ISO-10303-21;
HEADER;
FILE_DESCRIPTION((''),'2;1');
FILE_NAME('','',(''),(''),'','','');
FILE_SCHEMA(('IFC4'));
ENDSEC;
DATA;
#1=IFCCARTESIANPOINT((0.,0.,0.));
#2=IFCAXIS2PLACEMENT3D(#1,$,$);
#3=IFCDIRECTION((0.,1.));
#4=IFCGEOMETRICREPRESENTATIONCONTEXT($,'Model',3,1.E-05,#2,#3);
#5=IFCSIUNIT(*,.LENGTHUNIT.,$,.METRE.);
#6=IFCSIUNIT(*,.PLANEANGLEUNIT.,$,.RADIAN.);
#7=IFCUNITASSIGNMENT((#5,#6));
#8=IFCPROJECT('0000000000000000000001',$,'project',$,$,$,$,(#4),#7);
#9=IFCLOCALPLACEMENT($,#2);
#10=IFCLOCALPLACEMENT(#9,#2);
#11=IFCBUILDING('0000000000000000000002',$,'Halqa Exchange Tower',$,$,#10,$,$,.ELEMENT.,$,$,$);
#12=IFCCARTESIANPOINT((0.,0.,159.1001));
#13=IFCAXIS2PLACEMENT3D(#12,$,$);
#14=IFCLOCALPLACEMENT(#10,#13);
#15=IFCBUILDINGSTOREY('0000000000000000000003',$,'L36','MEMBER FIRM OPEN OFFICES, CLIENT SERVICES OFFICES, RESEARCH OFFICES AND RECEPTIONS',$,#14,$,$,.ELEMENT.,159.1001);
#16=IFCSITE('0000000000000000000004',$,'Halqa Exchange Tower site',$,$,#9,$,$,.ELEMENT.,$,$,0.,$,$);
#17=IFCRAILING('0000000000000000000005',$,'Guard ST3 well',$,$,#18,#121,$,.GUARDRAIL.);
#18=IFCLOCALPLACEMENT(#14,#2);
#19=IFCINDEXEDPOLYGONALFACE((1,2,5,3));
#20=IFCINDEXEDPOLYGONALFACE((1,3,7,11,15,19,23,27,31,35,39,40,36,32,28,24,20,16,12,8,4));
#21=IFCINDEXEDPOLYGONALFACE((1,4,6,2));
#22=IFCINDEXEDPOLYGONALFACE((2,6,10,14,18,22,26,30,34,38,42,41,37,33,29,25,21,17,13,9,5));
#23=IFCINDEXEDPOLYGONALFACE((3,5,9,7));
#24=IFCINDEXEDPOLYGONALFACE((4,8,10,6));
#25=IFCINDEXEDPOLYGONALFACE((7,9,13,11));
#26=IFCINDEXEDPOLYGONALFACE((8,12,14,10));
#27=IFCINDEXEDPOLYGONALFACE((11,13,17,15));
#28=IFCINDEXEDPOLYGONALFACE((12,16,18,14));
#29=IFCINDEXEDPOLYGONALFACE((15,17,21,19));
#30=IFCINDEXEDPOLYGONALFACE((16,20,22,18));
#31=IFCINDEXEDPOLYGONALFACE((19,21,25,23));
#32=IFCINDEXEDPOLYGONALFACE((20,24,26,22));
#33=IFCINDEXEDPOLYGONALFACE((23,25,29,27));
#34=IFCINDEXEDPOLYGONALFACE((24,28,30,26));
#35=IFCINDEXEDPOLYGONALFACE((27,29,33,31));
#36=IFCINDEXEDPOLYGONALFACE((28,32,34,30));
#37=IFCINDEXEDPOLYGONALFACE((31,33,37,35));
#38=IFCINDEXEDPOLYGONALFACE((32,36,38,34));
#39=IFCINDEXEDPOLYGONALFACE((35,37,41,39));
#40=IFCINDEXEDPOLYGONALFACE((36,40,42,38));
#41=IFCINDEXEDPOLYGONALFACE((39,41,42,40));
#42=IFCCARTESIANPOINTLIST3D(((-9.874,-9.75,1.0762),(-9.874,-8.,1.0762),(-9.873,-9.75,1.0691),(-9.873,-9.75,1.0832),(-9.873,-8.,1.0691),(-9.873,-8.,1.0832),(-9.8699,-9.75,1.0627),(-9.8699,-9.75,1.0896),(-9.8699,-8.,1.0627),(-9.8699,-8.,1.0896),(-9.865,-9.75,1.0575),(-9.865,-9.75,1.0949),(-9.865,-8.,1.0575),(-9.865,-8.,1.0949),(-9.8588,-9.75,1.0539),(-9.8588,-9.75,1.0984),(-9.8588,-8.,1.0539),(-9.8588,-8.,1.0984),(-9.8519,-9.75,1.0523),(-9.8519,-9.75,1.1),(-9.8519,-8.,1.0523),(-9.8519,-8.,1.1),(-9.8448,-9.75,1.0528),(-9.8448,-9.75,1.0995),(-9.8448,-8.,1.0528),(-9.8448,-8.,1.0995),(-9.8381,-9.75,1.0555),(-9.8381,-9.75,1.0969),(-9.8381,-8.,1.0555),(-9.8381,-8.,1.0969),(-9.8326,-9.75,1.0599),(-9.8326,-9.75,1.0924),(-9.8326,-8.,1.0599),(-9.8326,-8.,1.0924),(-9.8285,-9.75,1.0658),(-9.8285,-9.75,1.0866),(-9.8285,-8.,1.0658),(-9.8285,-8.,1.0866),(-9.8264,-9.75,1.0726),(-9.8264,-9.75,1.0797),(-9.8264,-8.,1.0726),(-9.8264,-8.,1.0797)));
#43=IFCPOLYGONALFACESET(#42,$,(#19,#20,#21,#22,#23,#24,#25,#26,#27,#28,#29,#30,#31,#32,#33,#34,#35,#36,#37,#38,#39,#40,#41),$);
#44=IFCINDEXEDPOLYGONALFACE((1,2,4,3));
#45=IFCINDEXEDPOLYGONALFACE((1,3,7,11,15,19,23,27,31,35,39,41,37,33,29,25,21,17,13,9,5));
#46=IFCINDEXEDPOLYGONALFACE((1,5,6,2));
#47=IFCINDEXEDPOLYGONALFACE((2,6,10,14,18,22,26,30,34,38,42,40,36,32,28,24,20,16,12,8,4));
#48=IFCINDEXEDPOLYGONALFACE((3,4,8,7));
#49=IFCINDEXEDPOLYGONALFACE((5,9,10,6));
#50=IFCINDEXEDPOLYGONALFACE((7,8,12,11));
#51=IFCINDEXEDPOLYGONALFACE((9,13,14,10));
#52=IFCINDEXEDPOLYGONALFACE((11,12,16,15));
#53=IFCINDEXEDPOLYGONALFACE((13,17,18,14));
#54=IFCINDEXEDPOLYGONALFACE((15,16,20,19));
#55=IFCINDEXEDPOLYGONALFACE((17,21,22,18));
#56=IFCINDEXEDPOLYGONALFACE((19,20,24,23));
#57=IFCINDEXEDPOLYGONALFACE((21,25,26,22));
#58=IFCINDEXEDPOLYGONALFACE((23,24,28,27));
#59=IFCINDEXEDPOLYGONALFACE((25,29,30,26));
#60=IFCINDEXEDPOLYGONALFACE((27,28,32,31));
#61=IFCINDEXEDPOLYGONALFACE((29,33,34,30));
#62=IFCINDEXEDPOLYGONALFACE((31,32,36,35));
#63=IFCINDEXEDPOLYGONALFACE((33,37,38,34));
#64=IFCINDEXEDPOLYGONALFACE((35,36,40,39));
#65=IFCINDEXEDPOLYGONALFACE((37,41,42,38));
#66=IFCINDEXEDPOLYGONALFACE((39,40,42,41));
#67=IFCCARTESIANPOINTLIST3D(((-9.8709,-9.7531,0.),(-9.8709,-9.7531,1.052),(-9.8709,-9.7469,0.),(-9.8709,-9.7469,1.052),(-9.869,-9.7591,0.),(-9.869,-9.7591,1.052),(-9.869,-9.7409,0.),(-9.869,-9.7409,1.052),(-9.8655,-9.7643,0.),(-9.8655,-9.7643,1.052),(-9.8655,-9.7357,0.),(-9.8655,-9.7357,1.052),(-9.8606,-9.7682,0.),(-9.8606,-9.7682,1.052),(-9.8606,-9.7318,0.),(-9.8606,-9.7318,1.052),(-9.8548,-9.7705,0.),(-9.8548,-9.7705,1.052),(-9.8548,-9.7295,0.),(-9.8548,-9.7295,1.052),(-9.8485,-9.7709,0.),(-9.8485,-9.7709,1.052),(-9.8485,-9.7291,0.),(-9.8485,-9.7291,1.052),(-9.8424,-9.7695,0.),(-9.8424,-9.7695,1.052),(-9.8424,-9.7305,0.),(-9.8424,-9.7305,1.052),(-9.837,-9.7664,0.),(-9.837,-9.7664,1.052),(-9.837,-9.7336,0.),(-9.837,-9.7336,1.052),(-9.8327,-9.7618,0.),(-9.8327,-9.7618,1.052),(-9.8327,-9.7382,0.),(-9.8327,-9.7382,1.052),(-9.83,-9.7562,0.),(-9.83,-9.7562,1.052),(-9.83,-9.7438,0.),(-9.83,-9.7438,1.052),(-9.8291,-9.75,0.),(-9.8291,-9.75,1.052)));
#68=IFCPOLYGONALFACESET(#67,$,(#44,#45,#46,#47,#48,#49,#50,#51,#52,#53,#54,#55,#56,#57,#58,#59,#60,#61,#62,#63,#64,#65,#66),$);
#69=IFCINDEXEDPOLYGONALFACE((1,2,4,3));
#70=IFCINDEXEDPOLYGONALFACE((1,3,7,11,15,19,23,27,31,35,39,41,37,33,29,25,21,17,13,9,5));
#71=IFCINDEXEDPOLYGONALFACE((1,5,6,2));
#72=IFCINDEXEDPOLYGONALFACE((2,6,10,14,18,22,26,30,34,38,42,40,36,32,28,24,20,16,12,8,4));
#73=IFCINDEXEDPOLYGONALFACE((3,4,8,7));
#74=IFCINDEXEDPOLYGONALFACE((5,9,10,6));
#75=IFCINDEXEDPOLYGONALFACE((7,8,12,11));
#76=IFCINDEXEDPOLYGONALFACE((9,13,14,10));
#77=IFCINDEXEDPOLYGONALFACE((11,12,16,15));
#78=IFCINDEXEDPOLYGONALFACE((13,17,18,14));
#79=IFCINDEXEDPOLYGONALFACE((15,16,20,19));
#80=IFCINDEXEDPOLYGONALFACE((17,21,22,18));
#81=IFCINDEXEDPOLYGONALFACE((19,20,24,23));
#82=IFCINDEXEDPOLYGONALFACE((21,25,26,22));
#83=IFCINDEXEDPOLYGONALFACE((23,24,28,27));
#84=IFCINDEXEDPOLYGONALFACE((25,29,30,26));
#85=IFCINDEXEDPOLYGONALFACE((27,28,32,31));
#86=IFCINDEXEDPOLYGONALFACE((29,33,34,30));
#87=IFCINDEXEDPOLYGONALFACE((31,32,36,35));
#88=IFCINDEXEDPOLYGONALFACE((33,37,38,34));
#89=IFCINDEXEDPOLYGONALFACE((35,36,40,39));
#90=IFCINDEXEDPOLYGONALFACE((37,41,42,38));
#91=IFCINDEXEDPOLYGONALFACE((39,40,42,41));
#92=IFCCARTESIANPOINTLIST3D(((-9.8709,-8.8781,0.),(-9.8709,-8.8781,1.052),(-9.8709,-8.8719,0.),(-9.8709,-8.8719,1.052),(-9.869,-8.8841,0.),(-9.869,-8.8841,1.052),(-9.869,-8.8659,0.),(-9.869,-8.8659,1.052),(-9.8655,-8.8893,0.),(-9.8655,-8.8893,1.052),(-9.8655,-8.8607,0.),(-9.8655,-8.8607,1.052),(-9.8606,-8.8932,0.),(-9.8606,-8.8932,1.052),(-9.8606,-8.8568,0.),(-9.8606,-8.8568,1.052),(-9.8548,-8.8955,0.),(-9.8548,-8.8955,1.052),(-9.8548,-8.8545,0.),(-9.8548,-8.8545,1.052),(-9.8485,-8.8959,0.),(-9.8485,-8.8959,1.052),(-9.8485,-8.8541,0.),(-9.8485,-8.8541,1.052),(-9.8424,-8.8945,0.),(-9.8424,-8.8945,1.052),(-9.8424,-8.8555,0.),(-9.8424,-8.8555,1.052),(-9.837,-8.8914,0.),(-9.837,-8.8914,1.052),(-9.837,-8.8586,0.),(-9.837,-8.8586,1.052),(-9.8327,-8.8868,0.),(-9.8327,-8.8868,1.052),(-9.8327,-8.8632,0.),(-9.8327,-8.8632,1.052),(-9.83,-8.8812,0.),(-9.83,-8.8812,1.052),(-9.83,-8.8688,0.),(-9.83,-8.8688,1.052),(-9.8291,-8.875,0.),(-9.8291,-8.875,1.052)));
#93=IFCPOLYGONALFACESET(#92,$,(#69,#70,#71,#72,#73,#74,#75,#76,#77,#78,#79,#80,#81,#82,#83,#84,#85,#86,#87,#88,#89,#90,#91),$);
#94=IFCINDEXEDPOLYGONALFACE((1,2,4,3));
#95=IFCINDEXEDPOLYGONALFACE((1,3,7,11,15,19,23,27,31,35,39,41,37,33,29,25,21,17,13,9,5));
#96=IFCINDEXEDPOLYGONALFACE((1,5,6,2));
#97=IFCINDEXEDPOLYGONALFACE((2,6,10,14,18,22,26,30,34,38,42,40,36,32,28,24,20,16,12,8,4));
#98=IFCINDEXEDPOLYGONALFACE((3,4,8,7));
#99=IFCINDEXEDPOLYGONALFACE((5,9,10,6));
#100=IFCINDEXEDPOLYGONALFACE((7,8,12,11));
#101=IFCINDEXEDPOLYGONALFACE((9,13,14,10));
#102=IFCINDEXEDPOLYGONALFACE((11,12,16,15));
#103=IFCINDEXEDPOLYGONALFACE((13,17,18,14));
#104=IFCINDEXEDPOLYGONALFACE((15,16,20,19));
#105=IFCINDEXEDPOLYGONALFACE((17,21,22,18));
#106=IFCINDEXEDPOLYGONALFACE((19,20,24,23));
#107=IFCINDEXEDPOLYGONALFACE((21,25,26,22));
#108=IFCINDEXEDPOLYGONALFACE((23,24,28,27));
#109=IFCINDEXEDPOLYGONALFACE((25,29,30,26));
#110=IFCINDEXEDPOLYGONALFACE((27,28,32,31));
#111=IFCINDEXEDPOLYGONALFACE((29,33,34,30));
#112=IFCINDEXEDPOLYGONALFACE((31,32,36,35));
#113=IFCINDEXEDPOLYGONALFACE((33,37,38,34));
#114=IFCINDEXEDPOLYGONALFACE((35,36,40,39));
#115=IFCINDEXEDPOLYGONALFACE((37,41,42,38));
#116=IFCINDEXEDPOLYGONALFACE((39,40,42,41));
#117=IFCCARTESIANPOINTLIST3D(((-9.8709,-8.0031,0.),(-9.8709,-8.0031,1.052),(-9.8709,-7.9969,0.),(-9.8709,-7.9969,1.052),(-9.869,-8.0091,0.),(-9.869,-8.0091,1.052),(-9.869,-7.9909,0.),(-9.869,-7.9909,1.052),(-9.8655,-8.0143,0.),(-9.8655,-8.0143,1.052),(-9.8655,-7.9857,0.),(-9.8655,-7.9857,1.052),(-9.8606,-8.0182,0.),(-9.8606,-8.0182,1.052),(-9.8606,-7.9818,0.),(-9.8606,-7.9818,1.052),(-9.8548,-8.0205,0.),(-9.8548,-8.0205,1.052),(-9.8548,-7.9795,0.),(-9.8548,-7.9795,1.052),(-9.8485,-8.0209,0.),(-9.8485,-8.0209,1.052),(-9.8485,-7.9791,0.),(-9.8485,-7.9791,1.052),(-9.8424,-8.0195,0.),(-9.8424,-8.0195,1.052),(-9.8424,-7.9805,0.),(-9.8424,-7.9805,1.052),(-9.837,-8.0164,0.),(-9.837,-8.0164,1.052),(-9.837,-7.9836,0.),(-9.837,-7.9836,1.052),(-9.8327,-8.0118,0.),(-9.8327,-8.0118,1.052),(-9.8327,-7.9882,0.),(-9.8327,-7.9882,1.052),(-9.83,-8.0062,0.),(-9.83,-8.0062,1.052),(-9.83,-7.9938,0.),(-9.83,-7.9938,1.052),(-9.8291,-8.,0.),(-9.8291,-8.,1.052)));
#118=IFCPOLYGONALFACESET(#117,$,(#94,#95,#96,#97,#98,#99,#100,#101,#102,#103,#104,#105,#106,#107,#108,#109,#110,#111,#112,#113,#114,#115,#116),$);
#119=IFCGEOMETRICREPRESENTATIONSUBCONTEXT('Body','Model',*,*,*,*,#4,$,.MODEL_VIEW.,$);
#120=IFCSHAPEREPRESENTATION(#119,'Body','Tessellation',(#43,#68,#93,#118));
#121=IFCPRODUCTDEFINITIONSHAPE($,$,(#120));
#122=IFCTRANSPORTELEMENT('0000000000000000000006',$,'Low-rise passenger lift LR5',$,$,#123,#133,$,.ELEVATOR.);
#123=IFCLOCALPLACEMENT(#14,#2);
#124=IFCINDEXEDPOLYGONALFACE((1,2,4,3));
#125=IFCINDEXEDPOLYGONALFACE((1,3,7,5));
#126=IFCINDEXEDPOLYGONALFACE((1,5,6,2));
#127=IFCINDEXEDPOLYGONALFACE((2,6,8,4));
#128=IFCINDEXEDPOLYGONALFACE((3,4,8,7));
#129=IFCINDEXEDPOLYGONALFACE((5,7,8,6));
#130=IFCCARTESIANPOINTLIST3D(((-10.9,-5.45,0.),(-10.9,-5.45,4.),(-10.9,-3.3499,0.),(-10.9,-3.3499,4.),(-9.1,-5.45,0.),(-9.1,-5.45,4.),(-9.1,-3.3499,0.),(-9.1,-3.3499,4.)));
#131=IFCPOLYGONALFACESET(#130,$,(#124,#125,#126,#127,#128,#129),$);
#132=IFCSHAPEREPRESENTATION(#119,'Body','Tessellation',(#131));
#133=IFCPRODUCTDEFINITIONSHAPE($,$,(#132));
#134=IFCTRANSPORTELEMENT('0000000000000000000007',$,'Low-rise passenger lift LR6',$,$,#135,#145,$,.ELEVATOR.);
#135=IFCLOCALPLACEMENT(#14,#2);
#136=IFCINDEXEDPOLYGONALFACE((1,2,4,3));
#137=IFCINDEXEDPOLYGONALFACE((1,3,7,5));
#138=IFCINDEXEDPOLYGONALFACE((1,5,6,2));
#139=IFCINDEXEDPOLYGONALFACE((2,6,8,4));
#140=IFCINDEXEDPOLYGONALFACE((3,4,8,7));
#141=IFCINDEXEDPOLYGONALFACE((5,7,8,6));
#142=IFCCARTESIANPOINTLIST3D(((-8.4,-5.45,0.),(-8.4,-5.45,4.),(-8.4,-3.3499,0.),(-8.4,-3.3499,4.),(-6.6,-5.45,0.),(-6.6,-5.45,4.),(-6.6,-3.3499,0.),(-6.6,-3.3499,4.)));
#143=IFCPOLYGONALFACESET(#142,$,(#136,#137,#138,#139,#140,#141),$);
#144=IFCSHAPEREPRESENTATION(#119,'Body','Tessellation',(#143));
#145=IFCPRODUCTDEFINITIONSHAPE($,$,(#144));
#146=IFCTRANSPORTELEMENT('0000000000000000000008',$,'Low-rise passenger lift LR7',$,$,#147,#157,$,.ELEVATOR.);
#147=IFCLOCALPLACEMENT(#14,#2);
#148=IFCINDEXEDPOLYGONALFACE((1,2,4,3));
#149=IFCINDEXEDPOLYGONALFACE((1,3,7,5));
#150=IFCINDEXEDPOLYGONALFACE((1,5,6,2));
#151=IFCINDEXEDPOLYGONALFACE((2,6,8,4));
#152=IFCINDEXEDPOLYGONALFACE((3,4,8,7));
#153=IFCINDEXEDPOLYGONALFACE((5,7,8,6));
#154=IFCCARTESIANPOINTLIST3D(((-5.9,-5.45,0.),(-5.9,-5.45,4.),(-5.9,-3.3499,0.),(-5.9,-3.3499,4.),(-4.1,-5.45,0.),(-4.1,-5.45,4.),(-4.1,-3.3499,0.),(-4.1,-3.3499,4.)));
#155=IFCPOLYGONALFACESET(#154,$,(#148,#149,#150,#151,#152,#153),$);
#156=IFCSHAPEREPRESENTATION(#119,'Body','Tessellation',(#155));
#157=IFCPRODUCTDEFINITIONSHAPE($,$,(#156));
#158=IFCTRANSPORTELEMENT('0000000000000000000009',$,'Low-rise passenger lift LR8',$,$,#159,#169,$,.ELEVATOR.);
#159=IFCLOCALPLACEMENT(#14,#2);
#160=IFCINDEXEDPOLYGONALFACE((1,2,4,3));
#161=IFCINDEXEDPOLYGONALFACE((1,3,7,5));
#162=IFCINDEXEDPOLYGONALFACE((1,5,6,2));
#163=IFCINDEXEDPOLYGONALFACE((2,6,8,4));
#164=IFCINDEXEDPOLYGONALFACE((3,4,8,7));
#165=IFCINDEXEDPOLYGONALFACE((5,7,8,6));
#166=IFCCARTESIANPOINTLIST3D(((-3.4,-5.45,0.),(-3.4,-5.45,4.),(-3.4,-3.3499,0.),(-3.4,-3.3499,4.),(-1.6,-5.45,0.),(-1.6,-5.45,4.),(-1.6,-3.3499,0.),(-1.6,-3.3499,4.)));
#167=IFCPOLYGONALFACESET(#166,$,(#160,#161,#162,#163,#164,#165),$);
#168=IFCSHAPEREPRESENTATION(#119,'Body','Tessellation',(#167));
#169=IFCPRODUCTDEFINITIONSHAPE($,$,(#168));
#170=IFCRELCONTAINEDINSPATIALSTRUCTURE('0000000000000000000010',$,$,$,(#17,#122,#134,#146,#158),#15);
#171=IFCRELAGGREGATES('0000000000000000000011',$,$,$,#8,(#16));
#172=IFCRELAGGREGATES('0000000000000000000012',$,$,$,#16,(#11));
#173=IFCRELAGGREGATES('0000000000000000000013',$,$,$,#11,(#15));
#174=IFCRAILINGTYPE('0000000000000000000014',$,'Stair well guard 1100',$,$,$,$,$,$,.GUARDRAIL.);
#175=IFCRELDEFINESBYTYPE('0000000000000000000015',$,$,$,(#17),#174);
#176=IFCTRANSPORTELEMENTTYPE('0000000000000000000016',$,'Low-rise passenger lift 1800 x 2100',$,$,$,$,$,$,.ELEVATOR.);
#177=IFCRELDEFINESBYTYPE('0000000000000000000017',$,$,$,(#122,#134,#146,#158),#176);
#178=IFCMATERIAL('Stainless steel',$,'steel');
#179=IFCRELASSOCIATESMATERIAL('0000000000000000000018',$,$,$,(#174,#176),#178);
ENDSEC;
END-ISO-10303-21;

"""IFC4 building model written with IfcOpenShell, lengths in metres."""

from ifc_helpers import new_model, si_unit, direction, frame, origin, origin_2d, place, context, subcontext, project, spatial, rectangle, circle, extrude, material, type_object, element, save


model = new_model("IFC4")

# Units and contexts
model_context = context("Model", 3, precision=1e-05, world=origin(), true_north=direction((0.0, 1.0)))
body_context = subcontext(model_context, "Body", "Model", "MODEL_VIEW")
ifc_project = project(units=[si_unit("LENGTHUNIT", "METRE"), si_unit("PLANEANGLEUNIT", "RADIAN")], contexts=[model_context])

# Site, building, storey
site_placement = place(None, origin())
site = spatial("IfcSite", under=ifc_project, at=site_placement, Name="Halqa Exchange Tower site", CompositionType="ELEMENT", RefElevation=0.0)
building_placement = place(site_placement, origin())
building = spatial("IfcBuilding", under=site, at=building_placement, Name="Halqa Exchange Tower", CompositionType="ELEMENT")
storey_placement = place(building_placement, frame((0.0, 0.0, 159.1001)))
storey = spatial("IfcBuildingStorey", under=building, at=storey_placement, Name="L36", Description="MEMBER FIRM OPEN OFFICES, CLIENT SERVICES OFFICES, RESEARCH OFFICES AND RECEPTIONS", CompositionType="ELEMENT", Elevation=159.1001)

# Shared definitions
ifc_material_1 = material(Name="Stainless steel", Category="steel")

# Railing
railing_type_1 = type_object("IfcRailingType", Name="Stair well guard 1100", PredefinedType="GUARDRAIL", material=ifc_material_1)
railing_1_placement = place(storey_placement, frame((-9.8501, -9.75, 0.0)))
element("IfcRailing", 1, at=railing_1_placement, inside=storey, type_object=railing_type_1, Name="Guard ST3 well", PredefinedType="GUARDRAIL", context=body_context, shape_type="SweptSolid", body=[
    extrude(circle(Radius=0.0239, at=origin_2d()), frame((0.0, 0.0, 1.0762), z_axis=(0.0, 1.0, 0.0), x_axis=(-1.0, 0.0, 0.0)), (0.0, 0.0, 1.0), 1.75),
    extrude(circle(Radius=0.021, at=origin_2d()), origin(), (0.0, 0.0, 1.0), 1.052),
    extrude(circle(Radius=0.021, at=origin_2d()), frame((0.0, 0.875, 0.0)), (0.0, 0.0, 1.0), 1.052),
    extrude(circle(Radius=0.021, at=origin_2d()), frame((0.0, 1.75, 0.0)), (0.0, 0.0, 1.0), 1.052),
])

# Transport elements
transport_element_type = type_object("IfcTransportElementType", Name="Low-rise passenger lift 1800 x 2100", PredefinedType="ELEVATOR", material=ifc_material_1)
for number, where, z_axis, x_axis, name in (
    (2, (-10.0, -4.3999, 0.0), (0.0, 0.0, 1.0), (1.0, 0.0, 0.0), "Low-rise passenger lift LR5"),
    (3, (-7.5, -4.3999, 0.0), (0.0, 0.0, 1.0), (1.0, 0.0, 0.0), "Low-rise passenger lift LR6"),
    (4, (-5.0, -4.3999, 0.0), (0.0, 0.0, 1.0), (1.0, 0.0, 0.0), "Low-rise passenger lift LR7"),
    (5, (-2.5, -4.3999, 0.0), (0.0, 0.0, 1.0), (1.0, 0.0, 0.0), "Low-rise passenger lift LR8"),
):
    element("IfcTransportElement", number, at=place(storey_placement, frame(where, z_axis=z_axis, x_axis=x_axis)), inside=storey, type_object=transport_element_type, Name=name, PredefinedType="ELEVATOR", context=body_context, shape_type="SweptSolid", body=[
        extrude(rectangle(XDim=1.8, YDim=2.1001, at=origin_2d()), origin(), (0.0, 0.0, 1.0), 4.0),
    ])

save(model, "model.ifc")
